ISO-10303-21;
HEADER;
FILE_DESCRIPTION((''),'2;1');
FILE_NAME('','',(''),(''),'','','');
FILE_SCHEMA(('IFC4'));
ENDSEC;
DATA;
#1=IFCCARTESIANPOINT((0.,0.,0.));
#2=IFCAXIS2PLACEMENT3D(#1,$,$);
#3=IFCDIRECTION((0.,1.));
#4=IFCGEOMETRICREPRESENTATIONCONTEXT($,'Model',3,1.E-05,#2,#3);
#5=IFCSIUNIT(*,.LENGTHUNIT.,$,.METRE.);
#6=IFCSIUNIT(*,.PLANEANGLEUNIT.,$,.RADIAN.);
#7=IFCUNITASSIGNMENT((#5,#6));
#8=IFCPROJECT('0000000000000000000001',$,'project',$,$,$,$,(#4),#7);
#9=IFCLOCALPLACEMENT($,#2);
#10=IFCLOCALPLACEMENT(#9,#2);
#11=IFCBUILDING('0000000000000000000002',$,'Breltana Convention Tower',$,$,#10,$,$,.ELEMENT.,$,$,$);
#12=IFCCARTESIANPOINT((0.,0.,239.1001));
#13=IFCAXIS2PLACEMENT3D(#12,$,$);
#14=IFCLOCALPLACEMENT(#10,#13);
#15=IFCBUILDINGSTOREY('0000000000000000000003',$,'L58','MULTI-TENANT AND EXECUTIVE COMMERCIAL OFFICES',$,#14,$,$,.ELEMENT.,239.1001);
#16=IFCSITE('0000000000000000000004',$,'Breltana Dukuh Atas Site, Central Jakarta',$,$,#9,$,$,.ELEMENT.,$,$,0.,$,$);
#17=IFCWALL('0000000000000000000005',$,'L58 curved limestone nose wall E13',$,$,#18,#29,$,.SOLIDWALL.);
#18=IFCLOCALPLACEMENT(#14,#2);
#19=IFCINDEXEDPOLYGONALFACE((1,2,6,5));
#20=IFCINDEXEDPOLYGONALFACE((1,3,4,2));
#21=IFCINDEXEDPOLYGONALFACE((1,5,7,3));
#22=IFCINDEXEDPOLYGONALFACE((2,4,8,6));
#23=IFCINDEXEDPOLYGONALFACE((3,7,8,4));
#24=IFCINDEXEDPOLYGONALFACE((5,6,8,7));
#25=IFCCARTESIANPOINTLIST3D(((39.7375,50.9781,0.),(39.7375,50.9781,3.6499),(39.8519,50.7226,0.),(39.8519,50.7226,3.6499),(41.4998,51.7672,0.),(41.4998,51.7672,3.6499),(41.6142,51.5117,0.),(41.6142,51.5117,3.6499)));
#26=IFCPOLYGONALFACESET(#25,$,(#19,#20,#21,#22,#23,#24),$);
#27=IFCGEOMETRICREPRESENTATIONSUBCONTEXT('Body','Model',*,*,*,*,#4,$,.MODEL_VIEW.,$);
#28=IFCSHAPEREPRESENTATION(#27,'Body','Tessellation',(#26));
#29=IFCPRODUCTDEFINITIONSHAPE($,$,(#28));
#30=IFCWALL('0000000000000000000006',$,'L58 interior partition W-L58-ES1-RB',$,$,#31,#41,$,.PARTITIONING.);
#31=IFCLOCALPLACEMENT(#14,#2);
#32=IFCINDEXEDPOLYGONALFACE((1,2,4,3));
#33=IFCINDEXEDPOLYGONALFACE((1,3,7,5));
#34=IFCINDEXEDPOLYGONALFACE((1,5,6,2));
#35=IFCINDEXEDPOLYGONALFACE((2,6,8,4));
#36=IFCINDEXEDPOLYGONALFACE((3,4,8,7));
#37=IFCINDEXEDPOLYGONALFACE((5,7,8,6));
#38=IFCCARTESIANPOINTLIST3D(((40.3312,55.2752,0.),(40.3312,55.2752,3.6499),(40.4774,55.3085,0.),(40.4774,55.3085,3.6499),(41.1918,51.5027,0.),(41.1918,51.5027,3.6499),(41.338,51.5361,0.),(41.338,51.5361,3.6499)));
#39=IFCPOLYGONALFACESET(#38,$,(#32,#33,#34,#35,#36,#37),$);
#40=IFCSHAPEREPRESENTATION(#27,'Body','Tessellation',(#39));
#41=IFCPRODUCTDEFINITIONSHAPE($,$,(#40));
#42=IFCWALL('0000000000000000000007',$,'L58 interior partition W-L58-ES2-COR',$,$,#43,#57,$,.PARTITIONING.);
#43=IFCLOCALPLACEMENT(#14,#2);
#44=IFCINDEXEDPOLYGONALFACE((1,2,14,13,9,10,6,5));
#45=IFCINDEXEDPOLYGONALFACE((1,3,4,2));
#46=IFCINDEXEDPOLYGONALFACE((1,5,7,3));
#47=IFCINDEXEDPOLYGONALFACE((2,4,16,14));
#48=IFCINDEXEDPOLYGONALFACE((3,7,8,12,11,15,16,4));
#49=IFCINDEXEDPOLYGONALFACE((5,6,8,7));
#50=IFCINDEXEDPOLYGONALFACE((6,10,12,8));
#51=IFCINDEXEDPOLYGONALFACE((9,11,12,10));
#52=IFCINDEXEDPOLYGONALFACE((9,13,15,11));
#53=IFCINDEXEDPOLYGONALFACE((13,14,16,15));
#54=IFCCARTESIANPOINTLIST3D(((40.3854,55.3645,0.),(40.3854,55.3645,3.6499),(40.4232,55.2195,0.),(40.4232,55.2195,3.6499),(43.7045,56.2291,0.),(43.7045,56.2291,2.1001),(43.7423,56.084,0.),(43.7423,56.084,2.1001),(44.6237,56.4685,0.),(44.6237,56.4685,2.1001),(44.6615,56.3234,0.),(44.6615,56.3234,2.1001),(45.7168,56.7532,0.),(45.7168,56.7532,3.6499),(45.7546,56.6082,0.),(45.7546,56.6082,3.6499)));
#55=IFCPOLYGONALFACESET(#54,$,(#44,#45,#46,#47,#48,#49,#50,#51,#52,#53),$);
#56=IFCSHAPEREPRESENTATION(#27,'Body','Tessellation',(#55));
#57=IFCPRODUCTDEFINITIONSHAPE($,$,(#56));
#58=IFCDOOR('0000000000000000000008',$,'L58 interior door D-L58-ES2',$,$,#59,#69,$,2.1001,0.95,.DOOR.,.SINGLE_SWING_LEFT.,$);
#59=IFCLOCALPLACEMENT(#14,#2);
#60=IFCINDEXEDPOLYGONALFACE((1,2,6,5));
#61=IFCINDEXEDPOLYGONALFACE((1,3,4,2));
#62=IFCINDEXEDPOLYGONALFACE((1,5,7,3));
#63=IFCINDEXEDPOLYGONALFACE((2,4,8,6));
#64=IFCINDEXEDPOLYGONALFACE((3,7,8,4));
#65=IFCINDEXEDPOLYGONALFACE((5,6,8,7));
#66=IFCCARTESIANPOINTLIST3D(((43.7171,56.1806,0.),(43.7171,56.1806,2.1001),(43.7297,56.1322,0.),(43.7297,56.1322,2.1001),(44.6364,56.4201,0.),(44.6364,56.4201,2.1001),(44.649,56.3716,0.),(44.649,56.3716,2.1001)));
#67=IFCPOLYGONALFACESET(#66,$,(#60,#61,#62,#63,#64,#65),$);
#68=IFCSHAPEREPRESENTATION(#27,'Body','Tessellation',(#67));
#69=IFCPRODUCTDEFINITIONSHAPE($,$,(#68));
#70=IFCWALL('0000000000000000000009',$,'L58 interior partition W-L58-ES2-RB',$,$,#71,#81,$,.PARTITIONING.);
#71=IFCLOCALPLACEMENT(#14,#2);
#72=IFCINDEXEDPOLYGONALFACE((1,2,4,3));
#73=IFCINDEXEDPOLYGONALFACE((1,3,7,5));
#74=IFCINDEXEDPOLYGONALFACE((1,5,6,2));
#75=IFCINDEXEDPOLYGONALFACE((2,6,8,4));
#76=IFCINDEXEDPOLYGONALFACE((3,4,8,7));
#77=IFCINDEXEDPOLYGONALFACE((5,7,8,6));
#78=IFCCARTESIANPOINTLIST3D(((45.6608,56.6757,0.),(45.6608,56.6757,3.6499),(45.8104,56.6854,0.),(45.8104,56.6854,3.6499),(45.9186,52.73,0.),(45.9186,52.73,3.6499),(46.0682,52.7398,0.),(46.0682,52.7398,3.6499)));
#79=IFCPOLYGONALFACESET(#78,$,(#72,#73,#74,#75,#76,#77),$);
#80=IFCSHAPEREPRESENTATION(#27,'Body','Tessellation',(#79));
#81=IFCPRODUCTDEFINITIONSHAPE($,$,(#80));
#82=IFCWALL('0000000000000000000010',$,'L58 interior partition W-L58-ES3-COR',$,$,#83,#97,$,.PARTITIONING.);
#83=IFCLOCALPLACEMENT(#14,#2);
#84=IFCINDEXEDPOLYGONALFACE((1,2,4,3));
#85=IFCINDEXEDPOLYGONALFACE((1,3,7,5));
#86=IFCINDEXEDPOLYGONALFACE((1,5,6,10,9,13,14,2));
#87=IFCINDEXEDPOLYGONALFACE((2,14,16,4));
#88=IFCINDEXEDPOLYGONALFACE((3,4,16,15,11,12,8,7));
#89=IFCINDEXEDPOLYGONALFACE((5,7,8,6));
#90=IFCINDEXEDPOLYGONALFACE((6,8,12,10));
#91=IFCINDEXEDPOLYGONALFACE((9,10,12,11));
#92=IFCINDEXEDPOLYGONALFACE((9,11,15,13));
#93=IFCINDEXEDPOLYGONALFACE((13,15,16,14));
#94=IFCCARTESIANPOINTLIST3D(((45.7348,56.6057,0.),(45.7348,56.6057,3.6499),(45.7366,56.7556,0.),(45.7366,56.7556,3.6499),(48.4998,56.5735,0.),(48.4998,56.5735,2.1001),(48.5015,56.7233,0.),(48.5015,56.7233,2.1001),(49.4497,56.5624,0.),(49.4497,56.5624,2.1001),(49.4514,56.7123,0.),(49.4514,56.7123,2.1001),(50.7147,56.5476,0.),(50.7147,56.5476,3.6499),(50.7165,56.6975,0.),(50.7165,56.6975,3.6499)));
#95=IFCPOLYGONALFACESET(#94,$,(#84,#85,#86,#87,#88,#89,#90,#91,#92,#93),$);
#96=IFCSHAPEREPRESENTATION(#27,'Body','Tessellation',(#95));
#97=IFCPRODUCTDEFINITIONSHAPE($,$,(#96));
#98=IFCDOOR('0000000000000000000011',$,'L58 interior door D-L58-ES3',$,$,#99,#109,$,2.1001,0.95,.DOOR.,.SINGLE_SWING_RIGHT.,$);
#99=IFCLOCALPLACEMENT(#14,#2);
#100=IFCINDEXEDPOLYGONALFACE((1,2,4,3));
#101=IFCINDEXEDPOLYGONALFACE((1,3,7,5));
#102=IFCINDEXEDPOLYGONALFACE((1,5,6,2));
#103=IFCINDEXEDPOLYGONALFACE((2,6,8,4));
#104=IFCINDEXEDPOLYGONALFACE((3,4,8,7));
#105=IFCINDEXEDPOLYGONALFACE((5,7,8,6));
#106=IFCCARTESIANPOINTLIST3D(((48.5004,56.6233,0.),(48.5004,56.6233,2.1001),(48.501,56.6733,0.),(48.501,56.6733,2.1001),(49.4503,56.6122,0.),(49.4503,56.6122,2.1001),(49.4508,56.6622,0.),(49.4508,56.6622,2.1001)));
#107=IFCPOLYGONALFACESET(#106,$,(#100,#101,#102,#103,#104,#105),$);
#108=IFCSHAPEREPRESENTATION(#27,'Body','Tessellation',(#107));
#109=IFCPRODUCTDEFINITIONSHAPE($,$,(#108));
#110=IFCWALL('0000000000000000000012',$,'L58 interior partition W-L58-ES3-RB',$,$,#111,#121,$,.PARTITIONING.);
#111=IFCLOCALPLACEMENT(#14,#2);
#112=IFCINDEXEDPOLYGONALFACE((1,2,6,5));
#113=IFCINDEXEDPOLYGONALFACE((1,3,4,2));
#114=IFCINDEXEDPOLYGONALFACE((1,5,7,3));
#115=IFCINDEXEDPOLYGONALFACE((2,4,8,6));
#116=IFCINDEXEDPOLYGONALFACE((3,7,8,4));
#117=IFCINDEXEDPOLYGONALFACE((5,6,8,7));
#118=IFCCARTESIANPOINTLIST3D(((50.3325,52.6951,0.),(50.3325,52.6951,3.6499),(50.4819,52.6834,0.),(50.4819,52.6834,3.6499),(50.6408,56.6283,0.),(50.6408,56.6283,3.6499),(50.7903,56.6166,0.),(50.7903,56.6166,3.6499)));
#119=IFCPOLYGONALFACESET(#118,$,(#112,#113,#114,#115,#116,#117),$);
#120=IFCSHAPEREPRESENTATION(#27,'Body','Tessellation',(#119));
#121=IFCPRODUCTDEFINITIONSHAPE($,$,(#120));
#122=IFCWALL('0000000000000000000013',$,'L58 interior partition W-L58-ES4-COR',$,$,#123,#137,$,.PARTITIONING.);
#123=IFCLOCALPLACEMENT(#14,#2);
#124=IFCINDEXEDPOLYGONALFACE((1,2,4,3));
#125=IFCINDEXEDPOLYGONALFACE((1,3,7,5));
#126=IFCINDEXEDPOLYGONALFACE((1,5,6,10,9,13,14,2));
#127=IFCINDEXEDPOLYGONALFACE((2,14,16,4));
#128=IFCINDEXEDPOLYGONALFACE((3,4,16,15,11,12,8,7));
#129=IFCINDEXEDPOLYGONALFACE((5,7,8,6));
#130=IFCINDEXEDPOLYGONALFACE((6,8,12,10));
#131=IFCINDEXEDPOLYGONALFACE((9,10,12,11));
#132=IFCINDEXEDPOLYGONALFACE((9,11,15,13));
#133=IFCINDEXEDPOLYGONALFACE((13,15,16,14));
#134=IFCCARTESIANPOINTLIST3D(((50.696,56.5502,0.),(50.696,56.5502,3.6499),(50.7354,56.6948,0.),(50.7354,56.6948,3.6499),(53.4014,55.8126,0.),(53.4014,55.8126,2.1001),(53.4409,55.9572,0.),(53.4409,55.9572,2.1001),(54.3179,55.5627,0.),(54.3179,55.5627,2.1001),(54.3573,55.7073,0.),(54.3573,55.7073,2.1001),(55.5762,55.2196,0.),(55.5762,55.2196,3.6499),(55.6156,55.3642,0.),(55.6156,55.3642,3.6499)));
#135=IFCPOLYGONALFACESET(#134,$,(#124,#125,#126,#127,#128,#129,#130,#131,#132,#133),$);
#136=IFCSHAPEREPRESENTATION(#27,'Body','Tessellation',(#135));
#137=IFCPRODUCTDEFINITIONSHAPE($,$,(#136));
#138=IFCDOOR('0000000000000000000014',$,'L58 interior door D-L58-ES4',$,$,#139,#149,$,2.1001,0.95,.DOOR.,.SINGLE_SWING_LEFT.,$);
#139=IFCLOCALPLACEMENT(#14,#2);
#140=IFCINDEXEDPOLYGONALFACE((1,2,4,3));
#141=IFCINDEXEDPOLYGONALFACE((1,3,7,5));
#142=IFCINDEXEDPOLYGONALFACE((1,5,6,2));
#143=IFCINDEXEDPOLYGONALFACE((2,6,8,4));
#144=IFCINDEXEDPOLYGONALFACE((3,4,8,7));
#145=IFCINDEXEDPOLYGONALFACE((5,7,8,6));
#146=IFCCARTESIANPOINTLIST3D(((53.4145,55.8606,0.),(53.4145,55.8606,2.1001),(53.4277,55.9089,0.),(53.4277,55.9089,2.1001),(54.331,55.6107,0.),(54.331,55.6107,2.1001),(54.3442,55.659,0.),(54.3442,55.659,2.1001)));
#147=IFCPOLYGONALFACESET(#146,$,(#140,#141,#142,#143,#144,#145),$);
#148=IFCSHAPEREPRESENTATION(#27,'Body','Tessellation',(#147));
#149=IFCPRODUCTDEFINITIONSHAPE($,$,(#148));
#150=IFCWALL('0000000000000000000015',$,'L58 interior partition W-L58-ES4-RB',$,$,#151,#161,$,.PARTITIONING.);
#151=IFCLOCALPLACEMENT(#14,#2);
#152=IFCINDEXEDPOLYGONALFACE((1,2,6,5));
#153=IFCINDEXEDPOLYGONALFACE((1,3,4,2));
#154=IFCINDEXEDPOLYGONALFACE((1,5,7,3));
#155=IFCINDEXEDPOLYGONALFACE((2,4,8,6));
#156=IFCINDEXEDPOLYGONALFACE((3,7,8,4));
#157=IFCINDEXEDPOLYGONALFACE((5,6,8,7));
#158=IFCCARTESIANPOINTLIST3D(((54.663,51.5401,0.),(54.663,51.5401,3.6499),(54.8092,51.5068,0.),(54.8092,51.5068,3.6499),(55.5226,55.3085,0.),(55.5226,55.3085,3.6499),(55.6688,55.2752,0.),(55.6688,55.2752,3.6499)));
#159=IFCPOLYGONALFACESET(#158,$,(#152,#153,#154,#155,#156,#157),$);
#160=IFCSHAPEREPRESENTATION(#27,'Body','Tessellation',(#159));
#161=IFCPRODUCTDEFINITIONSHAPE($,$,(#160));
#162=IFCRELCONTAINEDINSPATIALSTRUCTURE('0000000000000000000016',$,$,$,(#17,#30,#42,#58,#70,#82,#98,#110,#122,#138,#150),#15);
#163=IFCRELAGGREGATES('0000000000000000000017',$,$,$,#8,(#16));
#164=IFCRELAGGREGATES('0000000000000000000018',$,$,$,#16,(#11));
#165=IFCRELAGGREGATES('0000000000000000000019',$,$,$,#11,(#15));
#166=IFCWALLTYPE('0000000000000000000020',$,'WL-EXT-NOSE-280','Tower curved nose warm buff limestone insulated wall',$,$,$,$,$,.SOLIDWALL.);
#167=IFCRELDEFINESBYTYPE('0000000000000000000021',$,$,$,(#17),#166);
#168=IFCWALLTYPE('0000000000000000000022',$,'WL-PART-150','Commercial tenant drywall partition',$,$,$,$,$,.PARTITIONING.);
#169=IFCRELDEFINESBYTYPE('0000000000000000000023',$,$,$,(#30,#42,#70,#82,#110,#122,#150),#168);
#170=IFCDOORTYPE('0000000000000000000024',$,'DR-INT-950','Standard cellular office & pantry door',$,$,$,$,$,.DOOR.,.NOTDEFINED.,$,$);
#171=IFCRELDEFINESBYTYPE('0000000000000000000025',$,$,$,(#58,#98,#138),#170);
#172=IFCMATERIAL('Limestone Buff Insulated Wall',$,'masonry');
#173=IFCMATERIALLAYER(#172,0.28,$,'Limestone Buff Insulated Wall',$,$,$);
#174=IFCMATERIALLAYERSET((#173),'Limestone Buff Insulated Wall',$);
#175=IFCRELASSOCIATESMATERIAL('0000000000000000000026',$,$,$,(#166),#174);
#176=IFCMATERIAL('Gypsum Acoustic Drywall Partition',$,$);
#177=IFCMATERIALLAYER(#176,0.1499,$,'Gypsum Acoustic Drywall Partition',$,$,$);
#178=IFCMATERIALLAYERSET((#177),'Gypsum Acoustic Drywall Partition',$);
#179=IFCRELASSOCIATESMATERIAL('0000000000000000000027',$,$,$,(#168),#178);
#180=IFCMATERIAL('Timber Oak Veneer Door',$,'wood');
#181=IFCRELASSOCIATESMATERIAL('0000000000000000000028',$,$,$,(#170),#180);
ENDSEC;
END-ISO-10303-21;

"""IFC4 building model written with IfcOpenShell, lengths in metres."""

from ifc_helpers import new_model, si_unit, direction, frame, frame_2d, origin, place, context, subcontext, project, spatial, rectangle, extrude, source, transform, mapped, material, layer, layer_set, type_object, type_shapes, element, fill, save


model = new_model("IFC4")

# Units and contexts
model_context = context("Model", 3, precision=1e-05, world=origin(), true_north=direction((0.0, 1.0)))
body_context = subcontext(model_context, "Body", "Model", "MODEL_VIEW")
ifc_project = project(units=[si_unit("LENGTHUNIT", "METRE"), si_unit("PLANEANGLEUNIT", "RADIAN")], contexts=[model_context])

# Site, building, storey
site_placement = place(None, origin())
site = spatial("IfcSite", under=ifc_project, at=site_placement, Name="Breltana Dukuh Atas Site, Central Jakarta", CompositionType="ELEMENT", RefElevation=0.0)
building_placement = place(site_placement, origin())
building = spatial("IfcBuilding", under=site, at=building_placement, Name="Breltana Convention Tower", CompositionType="ELEMENT")
storey_placement = place(building_placement, frame((0.0, 0.0, 239.1001)))
storey = spatial("IfcBuildingStorey", under=building, at=storey_placement, Name="L58", Description="MULTI-TENANT AND EXECUTIVE COMMERCIAL OFFICES", CompositionType="ELEMENT", Elevation=239.1001)

# Walls
ifc_material_1 = material(Name="Limestone Buff Insulated Wall", Category="masonry")
ifc_layer_1 = layer(ifc_material_1, 0.28, Name="Limestone Buff Insulated Wall")
ifc_layer_set_1 = layer_set([ifc_layer_1], Name="Limestone Buff Insulated Wall")
wall_type_1 = type_object("IfcWallType", Name="WL-EXT-NOSE-280", Description="Tower curved nose warm buff limestone insulated wall", PredefinedType="SOLIDWALL", material=ifc_layer_set_1)
shared_shape_1 = source(origin(), body_context, "Body", "SweptSolid", [
    extrude(rectangle(XDim=1.9309, YDim=0.28, at=frame_2d((0.9653, 0.0))), origin(), (0.0, 0.0, 1.0), 3.6499),
])
wall_1_placement = place(storey_placement, frame((41.5569, 51.6394, 0.0), z_axis=(0.0, 0.0, 1.0), x_axis=(-0.912682, -0.408671, 0.0)))
element("IfcWall", 1, at=wall_1_placement, inside=storey, type_object=wall_type_1, Name="L58 curved limestone nose wall E13", PredefinedType="SOLIDWALL", context=body_context, shape_type="MappedRepresentation", body=[
    mapped(shared_shape_1, transform((0.0, 0.0, 0.0), scale=1.0)),
])
ifc_material_2 = material(Name="Gypsum Acoustic Drywall Partition")
ifc_layer_2 = layer(ifc_material_2, 0.1499, Name="Gypsum Acoustic Drywall Partition")
ifc_layer_set_2 = layer_set([ifc_layer_2], Name="Gypsum Acoustic Drywall Partition")
wall_type_2 = type_object("IfcWallType", Name="WL-PART-150", Description="Commercial tenant drywall partition", PredefinedType="PARTITIONING", material=ifc_layer_set_2)
shared_shape_2 = source(origin(), body_context, "Body", "SweptSolid", [
    extrude(rectangle(XDim=3.8694, YDim=0.1499, at=frame_2d((1.9346, 0.0))), origin(), (0.0, 0.0, 1.0), 3.6499),
])
wall_2_placement = place(storey_placement, frame((41.2649, 51.5195, 0.0), z_axis=(0.0, 0.0, 1.0), x_axis=(-0.222412, 0.974953, 0.0)))
element("IfcWall", 2, at=wall_2_placement, inside=storey, type_object=wall_type_2, Name="L58 interior partition W-L58-ES1-RB", PredefinedType="PARTITIONING", context=body_context, shape_type="MappedRepresentation", body=[
    mapped(shared_shape_2, transform((0.0, 0.0, 0.0), scale=1.0)),
])

# Wall, opening, door
shared_shape_3 = source(origin(), body_context, "Body", "SweptSolid", [
    extrude(rectangle(XDim=5.5093, YDim=0.1499, at=frame_2d((2.7546, 0.0))), origin(), (0.0, 0.0, 1.0), 3.6499),
])
wall_3_placement = place(storey_placement, frame((40.4043, 55.292, 0.0), z_axis=(0.0, 0.0, 1.0), x_axis=(0.96771, 0.252065, 0.0)))
wall_3 = element("IfcWall", 3, at=wall_3_placement, inside=storey, type_object=wall_type_2, Name="L58 interior partition W-L58-ES2-COR", PredefinedType="PARTITIONING", context=body_context, shape_type="MappedRepresentation", body=[
    mapped(shared_shape_3, transform((0.0, 0.0, 0.0), scale=1.0)),
])
opening_1_placement = place(wall_3_placement, frame((3.4297, 0.0, 0.0)))
opening_1 = element("IfcOpeningElement", 4, at=opening_1_placement, cuts=wall_3, PredefinedType="OPENING", context=body_context, shape_type="SweptSolid", body=[
    extrude(rectangle(XDim=0.95, YDim=2.1001, at=frame_2d((0.4751, 1.05))), frame((0.0, 0.085, 0.0), z_axis=(0.0, -1.0, 0.0), x_axis=(1.0, 0.0, 0.0)), (0.0, 0.0, 1.0), 0.1699),
])
ifc_material_3 = material(Name="Timber Oak Veneer Door", Category="wood")
door_type = type_object("IfcDoorType", Name="DR-INT-950", Description="Standard cellular office & pantry door", OperationType="NOTDEFINED", PredefinedType="DOOR", material=ifc_material_3)
shared_shape_4 = source(origin(), body_context, "Body", "SweptSolid", [
    extrude(rectangle(XDim=0.95, YDim=2.1001, at=frame_2d((0.4751, 1.05))), frame((0.0, 0.0249, 0.0), z_axis=(0.0, -1.0, 0.0), x_axis=(1.0, 0.0, 0.0)), (0.0, 0.0, 1.0), 0.05),
])
type_shapes(door_type, [shared_shape_4])
door_1_placement = place(opening_1_placement, origin())
door_1 = element("IfcDoor", 5, at=door_1_placement, inside=storey, type_object=door_type, Name="L58 interior door D-L58-ES2", OperationType="SINGLE_SWING_LEFT", OverallHeight=2.1001, OverallWidth=0.95, PredefinedType="DOOR", context=body_context, shape_type="MappedRepresentation", body=[
    mapped(shared_shape_4, transform((0.0, 0.0, 0.0), scale=1.0)),
])
fill(opening_1, door_1)

# Wall
shared_shape_5 = source(origin(), body_context, "Body", "SweptSolid", [
    extrude(rectangle(XDim=3.9541, YDim=0.1499, at=frame_2d((1.9771, 0.0))), origin(), (0.0, 0.0, 1.0), 3.6499),
])
wall_4_placement = place(storey_placement, frame((45.9934, 52.7349, 0.0), z_axis=(0.0, 0.0, 1.0), x_axis=(-0.065199, 0.997872, 0.0)))
element("IfcWall", 6, at=wall_4_placement, inside=storey, type_object=wall_type_2, Name="L58 interior partition W-L58-ES2-RB", PredefinedType="PARTITIONING", context=body_context, shape_type="MappedRepresentation", body=[
    mapped(shared_shape_5, transform((0.0, 0.0, 0.0), scale=1.0)),
])

# Wall, opening, door
shared_shape_6 = source(origin(), body_context, "Body", "SweptSolid", [
    extrude(rectangle(XDim=4.9802, YDim=0.1499, at=frame_2d((2.4902, 0.0))), origin(), (0.0, 0.0, 1.0), 3.6499),
])
wall_5_placement = place(storey_placement, frame((45.7356, 56.6807, 0.0), z_axis=(0.0, 0.0, 1.0), x_axis=(0.999932, -0.011667, 0.0)))
wall_5 = element("IfcWall", 7, at=wall_5_placement, inside=storey, type_object=wall_type_2, Name="L58 interior partition W-L58-ES3-COR", PredefinedType="PARTITIONING", context=body_context, shape_type="MappedRepresentation", body=[
    mapped(shared_shape_6, transform((0.0, 0.0, 0.0), scale=1.0)),
])
opening_2_placement = place(wall_5_placement, frame((2.7651, 0.0, 0.0)))
opening_2 = element("IfcOpeningElement", 8, at=opening_2_placement, cuts=wall_5, PredefinedType="OPENING", context=body_context, shape_type="SweptSolid", body=[
    extrude(rectangle(XDim=0.95, YDim=2.1001, at=frame_2d((0.4751, 1.05))), frame((0.0, 0.085, 0.0), z_axis=(0.0, -1.0, 0.0), x_axis=(1.0, 0.0, 0.0)), (0.0, 0.0, 1.0), 0.1699),
])
door_2_placement = place(opening_2_placement, origin())
door_2 = element("IfcDoor", 9, at=door_2_placement, inside=storey, type_object=door_type, Name="L58 interior door D-L58-ES3", OperationType="SINGLE_SWING_RIGHT", OverallHeight=2.1001, OverallWidth=0.95, PredefinedType="DOOR", context=body_context, shape_type="MappedRepresentation", body=[
    mapped(shared_shape_4, transform((0.0, 0.0, 0.0), scale=1.0)),
])
fill(opening_2, door_2)

# Wall
shared_shape_7 = source(origin(), body_context, "Body", "SweptSolid", [
    extrude(rectangle(XDim=3.9453, YDim=0.1499, at=frame_2d((1.9727, 0.0))), origin(), (0.0, 0.0, 1.0), 3.6499),
])
wall_6_placement = place(storey_placement, frame((50.4072, 52.6892, 0.0), z_axis=(0.0, 0.0, 1.0), x_axis=(0.078154, 0.996941, 0.0)))
element("IfcWall", 10, at=wall_6_placement, inside=storey, type_object=wall_type_2, Name="L58 interior partition W-L58-ES3-RB", PredefinedType="PARTITIONING", context=body_context, shape_type="MappedRepresentation", body=[
    mapped(shared_shape_7, transform((0.0, 0.0, 0.0), scale=1.0)),
])

# Wall, opening, door
shared_shape_8 = source(origin(), body_context, "Body", "SweptSolid", [
    extrude(rectangle(XDim=5.0583, YDim=0.1499, at=frame_2d((2.5293, 0.0))), origin(), (0.0, 0.0, 1.0), 3.6499),
])
wall_7_placement = place(storey_placement, frame((50.7156, 56.6226, 0.0), z_axis=(0.0, 0.0, 1.0), x_axis=(0.964783, -0.263048, 0.0)))
wall_7 = element("IfcWall", 11, at=wall_7_placement, inside=storey, type_object=wall_type_2, Name="L58 interior partition W-L58-ES4-COR", PredefinedType="PARTITIONING", context=body_context, shape_type="MappedRepresentation", body=[
    mapped(shared_shape_8, transform((0.0, 0.0, 0.0), scale=1.0)),
])
opening_3_placement = place(wall_7_placement, frame((2.8042, 0.0, 0.0)))
opening_3 = element("IfcOpeningElement", 12, at=opening_3_placement, cuts=wall_7, PredefinedType="OPENING", context=body_context, shape_type="SweptSolid", body=[
    extrude(rectangle(XDim=0.95, YDim=2.1001, at=frame_2d((0.4751, 1.05))), frame((0.0, 0.085, 0.0), z_axis=(0.0, -1.0, 0.0), x_axis=(1.0, 0.0, 0.0)), (0.0, 0.0, 1.0), 0.1699),
])
door_3_placement = place(opening_3_placement, origin())
door_3 = element("IfcDoor", 13, at=door_3_placement, inside=storey, type_object=door_type, Name="L58 interior door D-L58-ES4", OperationType="SINGLE_SWING_LEFT", OverallHeight=2.1001, OverallWidth=0.95, PredefinedType="DOOR", context=body_context, shape_type="MappedRepresentation", body=[
    mapped(shared_shape_4, transform((0.0, 0.0, 0.0), scale=1.0)),
])
fill(opening_3, door_3)

# Wall
shared_shape_9 = source(origin(), body_context, "Body", "SweptSolid", [
    extrude(rectangle(XDim=3.8652, YDim=0.1499, at=frame_2d((1.9326, 0.0))), origin(), (0.0, 0.0, 1.0), 3.6499),
])
wall_8_placement = place(storey_placement, frame((54.7361, 51.5234, 0.0), z_axis=(0.0, 0.0, 1.0), x_axis=(0.222391, 0.974958, 0.0)))
element("IfcWall", 14, at=wall_8_placement, inside=storey, type_object=wall_type_2, Name="L58 interior partition W-L58-ES4-RB", PredefinedType="PARTITIONING", context=body_context, shape_type="MappedRepresentation", body=[
    mapped(shared_shape_9, transform((0.0, 0.0, 0.0), scale=1.0)),
])

save(model, "model.ifc")
